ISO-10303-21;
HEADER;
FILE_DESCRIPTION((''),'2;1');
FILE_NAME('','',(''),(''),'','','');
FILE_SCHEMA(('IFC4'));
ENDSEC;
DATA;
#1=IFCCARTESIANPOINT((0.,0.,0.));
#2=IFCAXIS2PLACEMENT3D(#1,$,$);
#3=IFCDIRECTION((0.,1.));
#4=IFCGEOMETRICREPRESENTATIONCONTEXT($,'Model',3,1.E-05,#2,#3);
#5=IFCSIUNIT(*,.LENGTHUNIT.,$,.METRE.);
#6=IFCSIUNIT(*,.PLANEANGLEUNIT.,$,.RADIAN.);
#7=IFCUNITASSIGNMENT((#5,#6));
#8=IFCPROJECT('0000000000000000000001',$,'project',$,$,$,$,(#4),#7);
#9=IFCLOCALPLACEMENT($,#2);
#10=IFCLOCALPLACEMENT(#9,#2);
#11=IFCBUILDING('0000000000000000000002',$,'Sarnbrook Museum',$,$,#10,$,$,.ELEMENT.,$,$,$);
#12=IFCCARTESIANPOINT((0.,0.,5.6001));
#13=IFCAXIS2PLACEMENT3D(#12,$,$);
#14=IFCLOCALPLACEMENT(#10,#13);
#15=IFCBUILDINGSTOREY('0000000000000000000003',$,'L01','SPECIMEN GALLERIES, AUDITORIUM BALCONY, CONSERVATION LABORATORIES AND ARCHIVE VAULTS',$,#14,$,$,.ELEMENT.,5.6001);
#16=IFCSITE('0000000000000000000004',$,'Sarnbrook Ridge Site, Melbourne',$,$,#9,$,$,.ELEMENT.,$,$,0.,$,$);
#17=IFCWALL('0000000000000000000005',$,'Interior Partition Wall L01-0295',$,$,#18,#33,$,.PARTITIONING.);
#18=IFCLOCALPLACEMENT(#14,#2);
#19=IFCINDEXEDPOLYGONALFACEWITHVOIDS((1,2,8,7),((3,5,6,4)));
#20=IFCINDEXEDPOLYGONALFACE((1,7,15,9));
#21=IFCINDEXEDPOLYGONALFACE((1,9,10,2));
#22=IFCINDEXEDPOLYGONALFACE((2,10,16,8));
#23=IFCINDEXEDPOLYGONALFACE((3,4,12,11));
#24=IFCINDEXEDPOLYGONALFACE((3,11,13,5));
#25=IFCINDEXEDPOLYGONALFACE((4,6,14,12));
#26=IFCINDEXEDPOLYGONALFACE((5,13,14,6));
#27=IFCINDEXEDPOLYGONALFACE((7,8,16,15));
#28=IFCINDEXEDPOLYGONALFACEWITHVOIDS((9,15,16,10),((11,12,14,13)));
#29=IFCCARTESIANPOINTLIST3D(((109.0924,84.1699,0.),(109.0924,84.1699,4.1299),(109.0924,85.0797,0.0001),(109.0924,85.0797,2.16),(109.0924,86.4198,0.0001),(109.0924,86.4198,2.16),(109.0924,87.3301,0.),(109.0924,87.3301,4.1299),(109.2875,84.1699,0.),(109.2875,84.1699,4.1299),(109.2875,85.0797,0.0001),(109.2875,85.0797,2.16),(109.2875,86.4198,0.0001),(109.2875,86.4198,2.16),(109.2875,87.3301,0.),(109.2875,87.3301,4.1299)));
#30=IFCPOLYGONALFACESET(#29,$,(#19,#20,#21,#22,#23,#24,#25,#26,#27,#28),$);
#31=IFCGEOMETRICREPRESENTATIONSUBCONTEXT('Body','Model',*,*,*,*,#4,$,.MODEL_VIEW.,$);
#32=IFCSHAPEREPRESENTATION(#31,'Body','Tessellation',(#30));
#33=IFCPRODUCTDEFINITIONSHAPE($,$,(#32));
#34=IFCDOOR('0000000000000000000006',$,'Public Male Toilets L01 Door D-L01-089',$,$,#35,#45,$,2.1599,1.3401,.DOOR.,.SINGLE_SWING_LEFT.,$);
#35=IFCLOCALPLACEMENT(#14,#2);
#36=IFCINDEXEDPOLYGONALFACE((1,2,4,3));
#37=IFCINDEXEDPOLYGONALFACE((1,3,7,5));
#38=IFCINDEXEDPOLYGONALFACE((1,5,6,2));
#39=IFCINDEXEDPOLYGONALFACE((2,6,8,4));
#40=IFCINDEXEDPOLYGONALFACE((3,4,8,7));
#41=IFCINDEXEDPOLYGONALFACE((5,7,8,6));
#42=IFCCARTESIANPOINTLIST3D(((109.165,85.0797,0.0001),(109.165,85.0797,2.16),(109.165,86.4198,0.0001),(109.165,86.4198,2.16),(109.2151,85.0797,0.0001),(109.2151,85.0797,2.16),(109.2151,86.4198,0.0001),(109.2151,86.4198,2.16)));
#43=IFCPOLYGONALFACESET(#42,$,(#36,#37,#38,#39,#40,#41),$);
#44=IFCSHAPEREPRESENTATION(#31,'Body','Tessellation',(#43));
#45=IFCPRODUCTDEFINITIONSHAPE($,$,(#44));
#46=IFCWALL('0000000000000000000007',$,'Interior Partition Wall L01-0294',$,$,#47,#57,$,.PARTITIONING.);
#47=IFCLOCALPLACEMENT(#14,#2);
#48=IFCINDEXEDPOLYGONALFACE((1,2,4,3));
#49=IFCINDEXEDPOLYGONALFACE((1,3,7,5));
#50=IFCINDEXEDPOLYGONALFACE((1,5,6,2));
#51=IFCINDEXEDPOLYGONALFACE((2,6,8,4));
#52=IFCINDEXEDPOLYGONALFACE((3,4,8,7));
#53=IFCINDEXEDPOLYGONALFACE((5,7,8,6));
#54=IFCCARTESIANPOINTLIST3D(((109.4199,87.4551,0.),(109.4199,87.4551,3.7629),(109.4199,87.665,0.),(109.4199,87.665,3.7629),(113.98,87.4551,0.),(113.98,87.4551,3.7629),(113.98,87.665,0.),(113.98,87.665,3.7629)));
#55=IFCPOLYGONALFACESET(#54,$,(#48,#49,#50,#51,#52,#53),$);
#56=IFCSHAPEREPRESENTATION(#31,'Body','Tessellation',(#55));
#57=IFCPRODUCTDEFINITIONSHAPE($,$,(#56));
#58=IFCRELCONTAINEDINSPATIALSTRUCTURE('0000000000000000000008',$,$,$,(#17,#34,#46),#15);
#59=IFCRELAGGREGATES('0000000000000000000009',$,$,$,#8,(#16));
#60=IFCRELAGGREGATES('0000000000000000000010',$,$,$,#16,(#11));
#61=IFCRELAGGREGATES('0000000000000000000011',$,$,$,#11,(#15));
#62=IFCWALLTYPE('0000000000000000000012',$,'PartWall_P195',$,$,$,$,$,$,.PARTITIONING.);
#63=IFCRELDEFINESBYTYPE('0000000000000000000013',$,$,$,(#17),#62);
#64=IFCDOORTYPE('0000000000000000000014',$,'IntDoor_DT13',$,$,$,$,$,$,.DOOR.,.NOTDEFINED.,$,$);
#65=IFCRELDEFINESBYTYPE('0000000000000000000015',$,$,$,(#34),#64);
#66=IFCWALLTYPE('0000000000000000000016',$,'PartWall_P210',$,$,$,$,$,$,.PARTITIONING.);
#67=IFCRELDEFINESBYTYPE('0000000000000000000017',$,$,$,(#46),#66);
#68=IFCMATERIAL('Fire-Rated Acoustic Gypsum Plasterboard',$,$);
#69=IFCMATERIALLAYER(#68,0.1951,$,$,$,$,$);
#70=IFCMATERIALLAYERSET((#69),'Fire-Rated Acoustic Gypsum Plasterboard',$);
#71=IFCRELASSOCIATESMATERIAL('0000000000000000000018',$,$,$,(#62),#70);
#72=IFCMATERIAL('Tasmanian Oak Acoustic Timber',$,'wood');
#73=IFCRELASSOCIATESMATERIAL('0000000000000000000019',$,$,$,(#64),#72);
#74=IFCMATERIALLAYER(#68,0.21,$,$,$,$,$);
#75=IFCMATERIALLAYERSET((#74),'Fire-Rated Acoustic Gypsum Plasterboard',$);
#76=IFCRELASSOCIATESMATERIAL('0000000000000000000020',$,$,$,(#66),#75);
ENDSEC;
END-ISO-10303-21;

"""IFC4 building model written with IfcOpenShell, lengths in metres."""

from ifc_helpers import new_model, si_unit, direction, frame, frame_2d, origin, place, context, subcontext, project, spatial, rectangle, extrude, material, layer, layer_set, type_object, element, fill, save


model = new_model("IFC4")

# Units and contexts
model_context = context("Model", 3, precision=1e-05, world=origin(), true_north=direction((0.0, 1.0)))
body_context = subcontext(model_context, "Body", "Model", "MODEL_VIEW")
ifc_project = project(units=[si_unit("LENGTHUNIT", "METRE"), si_unit("PLANEANGLEUNIT", "RADIAN")], contexts=[model_context])

# Site, building, storey
site_placement = place(None, origin())
site = spatial("IfcSite", under=ifc_project, at=site_placement, Name="Sarnbrook Ridge Site, Melbourne", CompositionType="ELEMENT", RefElevation=0.0)
building_placement = place(site_placement, origin())
building = spatial("IfcBuilding", under=site, at=building_placement, Name="Sarnbrook Museum", CompositionType="ELEMENT")
storey_placement = place(building_placement, frame((0.0, 0.0, 5.6001)))
storey = spatial("IfcBuildingStorey", under=building, at=storey_placement, Name="L01", Description="SPECIMEN GALLERIES, AUDITORIUM BALCONY, CONSERVATION LABORATORIES AND ARCHIVE VAULTS", CompositionType="ELEMENT", Elevation=5.6001)

# Shared definitions
ifc_material_1 = material(Name="Fire-Rated Acoustic Gypsum Plasterboard")

# Shared definitions
ifc_material_2 = material(Name="Tasmanian Oak Acoustic Timber", Category="wood")

# Wall, opening, door
ifc_layer_1 = layer(ifc_material_1, 0.1951)
ifc_layer_set_1 = layer_set([ifc_layer_1], Name="Fire-Rated Acoustic Gypsum Plasterboard")
wall_type_1 = type_object("IfcWallType", Name="PartWall_P195", PredefinedType="PARTITIONING", material=ifc_layer_set_1)
wall_1_placement = place(storey_placement, frame((109.1899, 84.1699, 0.0), z_axis=(0.0, 0.0, 1.0), x_axis=(0.0, 1.0, 0.0)))
wall_1 = element("IfcWall", 1, at=wall_1_placement, inside=storey, type_object=wall_type_1, Name="Interior Partition Wall L01-0295", PredefinedType="PARTITIONING", context=body_context, shape_type="SweptSolid", body=[
    extrude(rectangle(XDim=3.1602, YDim=0.1951, at=frame_2d((1.5801, 0.0))), origin(), (0.0, 0.0, 1.0), 4.1299),
])
opening_1_placement = place(wall_1_placement, frame((0.9099, 0.0, 0.0)))
opening_1 = element("IfcOpeningElement", 2, at=opening_1_placement, cuts=wall_1, PredefinedType="OPENING", context=body_context, shape_type="SweptSolid", body=[
    extrude(rectangle(XDim=1.3401, YDim=2.1599, at=frame_2d((0.6699, 1.0801))), frame((0.0, 0.1074, 0.0), z_axis=(0.0, -1.0, 0.0), x_axis=(1.0, 0.0, 0.0)), (0.0, 0.0, 1.0), 0.2151),
])
door_type_1 = type_object("IfcDoorType", Name="IntDoor_DT13", OperationType="NOTDEFINED", PredefinedType="DOOR", material=ifc_material_2)
door_1_placement = place(opening_1_placement, origin())
door_1 = element("IfcDoor", 3, at=door_1_placement, inside=storey, type_object=door_type_1, Name="Public Male Toilets L01 Door D-L01-089", OperationType="SINGLE_SWING_LEFT", OverallHeight=2.1599, OverallWidth=1.3401, PredefinedType="DOOR", context=body_context, shape_type="SweptSolid", body=[
    extrude(rectangle(XDim=1.3401, YDim=2.1599, at=frame_2d((0.6699, 1.0801))), frame((0.0, 0.0249, 0.0), z_axis=(0.0, -1.0, 0.0), x_axis=(1.0, 0.0, 0.0)), (0.0, 0.0, 1.0), 0.05),
])
fill(opening_1, door_1)

# Wall
ifc_layer_2 = layer(ifc_material_1, 0.21)
ifc_layer_set_2 = layer_set([ifc_layer_2], Name="Fire-Rated Acoustic Gypsum Plasterboard")
wall_type_2 = type_object("IfcWallType", Name="PartWall_P210", PredefinedType="PARTITIONING", material=ifc_layer_set_2)
wall_2_placement = place(storey_placement, frame((109.4199, 87.5601, 0.0), z_axis=(0.0, 0.0, 1.0), x_axis=(1.0, 0.0, 0.0)))
element("IfcWall", 4, at=wall_2_placement, inside=storey, type_object=wall_type_2, Name="Interior Partition Wall L01-0294", PredefinedType="PARTITIONING", context=body_context, shape_type="SweptSolid", body=[
    extrude(rectangle(XDim=4.5601, YDim=0.21, at=frame_2d((2.28, 0.0))), origin(), (0.0, 0.0, 1.0), 3.7629),
])

save(model, "model.ifc")
